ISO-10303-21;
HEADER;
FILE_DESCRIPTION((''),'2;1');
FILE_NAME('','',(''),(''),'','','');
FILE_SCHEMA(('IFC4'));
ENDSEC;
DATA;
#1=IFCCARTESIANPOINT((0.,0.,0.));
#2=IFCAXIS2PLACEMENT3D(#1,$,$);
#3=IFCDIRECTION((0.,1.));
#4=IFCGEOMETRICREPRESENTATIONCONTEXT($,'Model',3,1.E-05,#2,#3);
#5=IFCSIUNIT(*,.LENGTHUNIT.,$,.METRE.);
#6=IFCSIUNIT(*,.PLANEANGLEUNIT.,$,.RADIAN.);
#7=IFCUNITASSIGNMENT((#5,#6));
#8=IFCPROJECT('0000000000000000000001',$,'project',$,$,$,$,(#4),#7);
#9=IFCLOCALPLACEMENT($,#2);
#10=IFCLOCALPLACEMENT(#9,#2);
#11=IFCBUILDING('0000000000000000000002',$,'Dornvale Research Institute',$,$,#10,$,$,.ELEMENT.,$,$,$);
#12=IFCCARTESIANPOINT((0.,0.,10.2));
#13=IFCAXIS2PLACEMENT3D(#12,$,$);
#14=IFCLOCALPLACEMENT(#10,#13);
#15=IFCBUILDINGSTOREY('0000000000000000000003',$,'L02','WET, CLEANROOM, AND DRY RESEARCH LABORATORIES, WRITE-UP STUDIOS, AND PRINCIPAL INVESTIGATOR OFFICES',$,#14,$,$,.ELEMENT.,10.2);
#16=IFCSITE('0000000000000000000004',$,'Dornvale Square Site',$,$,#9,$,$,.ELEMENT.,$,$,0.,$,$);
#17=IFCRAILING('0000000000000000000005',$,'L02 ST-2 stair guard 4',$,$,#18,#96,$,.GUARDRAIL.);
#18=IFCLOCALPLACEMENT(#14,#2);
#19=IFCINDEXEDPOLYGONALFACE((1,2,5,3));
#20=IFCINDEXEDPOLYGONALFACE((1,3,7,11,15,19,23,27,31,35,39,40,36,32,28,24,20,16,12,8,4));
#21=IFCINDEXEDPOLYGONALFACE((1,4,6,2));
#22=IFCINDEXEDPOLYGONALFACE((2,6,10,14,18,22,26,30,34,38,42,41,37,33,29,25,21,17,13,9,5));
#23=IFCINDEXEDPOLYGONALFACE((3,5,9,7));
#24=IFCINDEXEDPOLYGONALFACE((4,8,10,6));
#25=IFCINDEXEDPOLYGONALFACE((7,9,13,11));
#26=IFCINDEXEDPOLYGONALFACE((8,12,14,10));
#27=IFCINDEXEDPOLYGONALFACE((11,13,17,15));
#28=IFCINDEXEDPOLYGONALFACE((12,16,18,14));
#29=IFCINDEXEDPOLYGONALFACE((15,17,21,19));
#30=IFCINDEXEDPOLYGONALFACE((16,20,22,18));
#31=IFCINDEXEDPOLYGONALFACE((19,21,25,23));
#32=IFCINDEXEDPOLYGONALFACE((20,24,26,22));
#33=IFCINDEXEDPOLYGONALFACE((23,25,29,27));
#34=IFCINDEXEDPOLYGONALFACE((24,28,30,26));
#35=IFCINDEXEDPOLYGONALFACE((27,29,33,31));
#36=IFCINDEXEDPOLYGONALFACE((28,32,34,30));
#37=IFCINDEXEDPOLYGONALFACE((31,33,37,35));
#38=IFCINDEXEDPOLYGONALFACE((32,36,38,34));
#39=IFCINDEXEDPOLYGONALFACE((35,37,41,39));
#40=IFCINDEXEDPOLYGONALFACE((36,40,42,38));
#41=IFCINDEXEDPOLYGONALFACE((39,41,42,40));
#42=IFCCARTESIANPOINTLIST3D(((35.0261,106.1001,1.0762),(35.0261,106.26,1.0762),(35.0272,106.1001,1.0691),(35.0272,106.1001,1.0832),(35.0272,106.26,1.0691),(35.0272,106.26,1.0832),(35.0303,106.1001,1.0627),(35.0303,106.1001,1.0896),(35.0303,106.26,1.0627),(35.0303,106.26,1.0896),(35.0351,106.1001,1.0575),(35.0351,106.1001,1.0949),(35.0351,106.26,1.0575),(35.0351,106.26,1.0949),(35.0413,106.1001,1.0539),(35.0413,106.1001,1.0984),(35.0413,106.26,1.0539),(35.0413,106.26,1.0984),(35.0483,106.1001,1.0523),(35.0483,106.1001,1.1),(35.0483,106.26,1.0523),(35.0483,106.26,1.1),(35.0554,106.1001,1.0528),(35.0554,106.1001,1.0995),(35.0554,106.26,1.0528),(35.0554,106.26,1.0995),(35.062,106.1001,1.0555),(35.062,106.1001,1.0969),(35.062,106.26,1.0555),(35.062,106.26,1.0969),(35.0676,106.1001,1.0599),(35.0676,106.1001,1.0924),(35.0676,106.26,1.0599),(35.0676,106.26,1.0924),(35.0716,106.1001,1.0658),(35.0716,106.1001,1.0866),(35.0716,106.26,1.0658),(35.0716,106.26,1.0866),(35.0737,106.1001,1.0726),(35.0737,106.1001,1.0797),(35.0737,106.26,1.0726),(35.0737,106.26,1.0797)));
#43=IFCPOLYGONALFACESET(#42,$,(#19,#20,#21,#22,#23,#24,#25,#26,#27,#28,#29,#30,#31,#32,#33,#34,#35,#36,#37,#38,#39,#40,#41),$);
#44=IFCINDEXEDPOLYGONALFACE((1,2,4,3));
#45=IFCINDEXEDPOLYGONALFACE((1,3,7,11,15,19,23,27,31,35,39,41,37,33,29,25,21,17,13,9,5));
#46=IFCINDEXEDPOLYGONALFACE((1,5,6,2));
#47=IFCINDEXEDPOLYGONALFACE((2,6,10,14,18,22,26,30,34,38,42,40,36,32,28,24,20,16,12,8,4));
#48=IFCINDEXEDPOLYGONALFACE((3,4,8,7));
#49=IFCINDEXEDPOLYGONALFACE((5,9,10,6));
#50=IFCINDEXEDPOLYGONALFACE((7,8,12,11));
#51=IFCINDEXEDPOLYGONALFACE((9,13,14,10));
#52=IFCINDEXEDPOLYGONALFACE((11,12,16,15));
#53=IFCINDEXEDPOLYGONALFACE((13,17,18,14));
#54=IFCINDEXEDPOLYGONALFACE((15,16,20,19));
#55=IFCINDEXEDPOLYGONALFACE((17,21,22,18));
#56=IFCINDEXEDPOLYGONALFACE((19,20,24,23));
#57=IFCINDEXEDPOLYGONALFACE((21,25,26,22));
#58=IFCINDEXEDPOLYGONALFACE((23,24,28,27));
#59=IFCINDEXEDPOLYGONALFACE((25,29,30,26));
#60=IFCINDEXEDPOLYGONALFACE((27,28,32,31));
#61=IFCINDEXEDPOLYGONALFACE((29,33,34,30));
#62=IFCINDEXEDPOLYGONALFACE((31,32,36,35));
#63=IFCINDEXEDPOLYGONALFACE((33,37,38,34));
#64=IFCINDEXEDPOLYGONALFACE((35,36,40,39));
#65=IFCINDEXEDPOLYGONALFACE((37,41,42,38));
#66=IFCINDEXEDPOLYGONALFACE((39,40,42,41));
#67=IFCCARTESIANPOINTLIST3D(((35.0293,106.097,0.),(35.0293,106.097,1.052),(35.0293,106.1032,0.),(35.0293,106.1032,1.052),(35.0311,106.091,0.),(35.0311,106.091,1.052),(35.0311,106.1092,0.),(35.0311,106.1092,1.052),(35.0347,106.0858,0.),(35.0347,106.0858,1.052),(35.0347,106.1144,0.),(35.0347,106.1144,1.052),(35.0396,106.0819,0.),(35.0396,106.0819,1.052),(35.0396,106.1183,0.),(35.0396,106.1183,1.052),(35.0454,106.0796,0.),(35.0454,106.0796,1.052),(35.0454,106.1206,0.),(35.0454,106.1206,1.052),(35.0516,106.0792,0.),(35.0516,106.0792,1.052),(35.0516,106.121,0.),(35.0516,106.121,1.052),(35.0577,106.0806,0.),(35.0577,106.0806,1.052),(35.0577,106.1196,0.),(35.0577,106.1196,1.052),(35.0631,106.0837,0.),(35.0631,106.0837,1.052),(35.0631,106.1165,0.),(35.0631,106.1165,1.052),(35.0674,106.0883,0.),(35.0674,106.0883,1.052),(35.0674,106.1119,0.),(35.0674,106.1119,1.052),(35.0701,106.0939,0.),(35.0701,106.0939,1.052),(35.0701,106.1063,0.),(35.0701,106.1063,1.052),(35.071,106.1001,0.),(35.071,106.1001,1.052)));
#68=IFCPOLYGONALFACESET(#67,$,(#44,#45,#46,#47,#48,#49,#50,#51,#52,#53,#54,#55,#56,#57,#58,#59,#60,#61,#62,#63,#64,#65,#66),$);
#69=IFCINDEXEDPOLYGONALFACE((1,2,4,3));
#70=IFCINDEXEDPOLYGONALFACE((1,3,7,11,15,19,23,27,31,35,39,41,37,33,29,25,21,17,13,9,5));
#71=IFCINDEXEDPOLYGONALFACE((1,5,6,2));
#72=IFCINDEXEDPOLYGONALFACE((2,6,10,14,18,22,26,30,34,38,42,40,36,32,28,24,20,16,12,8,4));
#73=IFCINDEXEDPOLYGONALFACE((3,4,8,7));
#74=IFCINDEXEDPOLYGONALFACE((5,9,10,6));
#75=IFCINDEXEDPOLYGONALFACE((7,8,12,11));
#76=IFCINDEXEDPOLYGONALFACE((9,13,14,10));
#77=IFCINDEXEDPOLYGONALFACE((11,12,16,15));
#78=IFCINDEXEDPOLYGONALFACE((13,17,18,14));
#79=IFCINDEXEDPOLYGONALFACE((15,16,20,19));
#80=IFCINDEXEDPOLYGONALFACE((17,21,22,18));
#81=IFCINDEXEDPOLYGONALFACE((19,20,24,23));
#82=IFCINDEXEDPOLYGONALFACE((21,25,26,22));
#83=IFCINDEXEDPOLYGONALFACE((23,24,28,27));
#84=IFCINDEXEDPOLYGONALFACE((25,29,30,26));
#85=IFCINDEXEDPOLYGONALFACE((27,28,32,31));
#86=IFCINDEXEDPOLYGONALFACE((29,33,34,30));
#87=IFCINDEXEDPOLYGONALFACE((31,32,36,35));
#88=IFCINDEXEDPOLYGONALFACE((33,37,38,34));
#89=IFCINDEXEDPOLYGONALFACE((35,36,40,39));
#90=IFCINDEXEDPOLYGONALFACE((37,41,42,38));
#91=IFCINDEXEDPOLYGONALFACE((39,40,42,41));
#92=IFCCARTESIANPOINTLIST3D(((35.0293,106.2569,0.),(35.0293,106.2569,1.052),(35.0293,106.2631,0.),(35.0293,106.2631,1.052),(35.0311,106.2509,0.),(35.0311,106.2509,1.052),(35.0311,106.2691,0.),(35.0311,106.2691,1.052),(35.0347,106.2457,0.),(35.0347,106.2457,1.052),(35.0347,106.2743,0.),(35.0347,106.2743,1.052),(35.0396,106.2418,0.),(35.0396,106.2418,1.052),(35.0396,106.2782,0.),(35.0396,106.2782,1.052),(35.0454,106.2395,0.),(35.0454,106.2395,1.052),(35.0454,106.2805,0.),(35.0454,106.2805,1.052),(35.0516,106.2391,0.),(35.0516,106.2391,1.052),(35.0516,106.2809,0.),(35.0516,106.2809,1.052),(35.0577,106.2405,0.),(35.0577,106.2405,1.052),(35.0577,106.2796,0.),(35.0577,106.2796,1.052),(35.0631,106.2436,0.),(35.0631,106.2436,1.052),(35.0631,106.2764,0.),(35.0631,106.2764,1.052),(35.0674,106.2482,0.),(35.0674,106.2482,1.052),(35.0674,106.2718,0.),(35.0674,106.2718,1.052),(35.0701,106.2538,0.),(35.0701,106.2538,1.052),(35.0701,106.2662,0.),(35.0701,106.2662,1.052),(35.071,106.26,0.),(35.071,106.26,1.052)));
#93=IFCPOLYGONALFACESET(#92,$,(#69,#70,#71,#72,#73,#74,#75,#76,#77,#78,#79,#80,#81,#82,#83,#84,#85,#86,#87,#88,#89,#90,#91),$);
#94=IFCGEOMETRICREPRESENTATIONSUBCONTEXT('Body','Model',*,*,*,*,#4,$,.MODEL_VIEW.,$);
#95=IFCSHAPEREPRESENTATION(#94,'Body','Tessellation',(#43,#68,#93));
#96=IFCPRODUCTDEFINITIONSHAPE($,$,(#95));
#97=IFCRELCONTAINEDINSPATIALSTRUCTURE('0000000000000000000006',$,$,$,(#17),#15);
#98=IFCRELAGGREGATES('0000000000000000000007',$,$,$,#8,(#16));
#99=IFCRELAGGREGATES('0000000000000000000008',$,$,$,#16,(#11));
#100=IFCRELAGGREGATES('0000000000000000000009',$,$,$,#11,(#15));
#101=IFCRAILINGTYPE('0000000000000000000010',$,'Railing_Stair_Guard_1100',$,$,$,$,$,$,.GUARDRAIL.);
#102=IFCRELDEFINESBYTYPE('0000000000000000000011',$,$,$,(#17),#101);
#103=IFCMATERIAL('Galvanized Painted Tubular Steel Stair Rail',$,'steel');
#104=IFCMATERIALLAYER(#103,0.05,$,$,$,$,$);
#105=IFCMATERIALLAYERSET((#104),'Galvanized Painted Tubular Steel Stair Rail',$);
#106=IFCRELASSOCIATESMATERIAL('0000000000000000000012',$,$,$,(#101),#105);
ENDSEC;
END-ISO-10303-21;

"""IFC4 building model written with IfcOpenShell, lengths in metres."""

from ifc_helpers import new_model, si_unit, direction, frame, origin, origin_2d, place, context, subcontext, project, spatial, circle, extrude, material, layer, layer_set, type_object, element, save


model = new_model("IFC4")

# Units and contexts
model_context = context("Model", 3, precision=1e-05, world=origin(), true_north=direction((0.0, 1.0)))
body_context = subcontext(model_context, "Body", "Model", "MODEL_VIEW")
ifc_project = project(units=[si_unit("LENGTHUNIT", "METRE"), si_unit("PLANEANGLEUNIT", "RADIAN")], contexts=[model_context])

# Site, building, storey
site_placement = place(None, origin())
site = spatial("IfcSite", under=ifc_project, at=site_placement, Name="Dornvale Square Site", CompositionType="ELEMENT", RefElevation=0.0)
building_placement = place(site_placement, origin())
building = spatial("IfcBuilding", under=site, at=building_placement, Name="Dornvale Research Institute", CompositionType="ELEMENT")
storey_placement = place(building_placement, frame((0.0, 0.0, 10.2)))
storey = spatial("IfcBuildingStorey", under=building, at=storey_placement, Name="L02", Description="WET, CLEANROOM, AND DRY RESEARCH LABORATORIES, WRITE-UP STUDIOS, AND PRINCIPAL INVESTIGATOR OFFICES", CompositionType="ELEMENT", Elevation=10.2)

# Railing
ifc_material_1 = material(Name="Galvanized Painted Tubular Steel Stair Rail", Category="steel")
ifc_layer_1 = layer(ifc_material_1, 0.05)
ifc_layer_set_1 = layer_set([ifc_layer_1], Name="Galvanized Painted Tubular Steel Stair Rail")
railing_type_1 = type_object("IfcRailingType", Name="Railing_Stair_Guard_1100", PredefinedType="GUARDRAIL", material=ifc_layer_set_1)
railing_1_placement = place(storey_placement, frame((35.05, 106.1001, 0.0)))
element("IfcRailing", 1, at=railing_1_placement, inside=storey, type_object=railing_type_1, Name="L02 ST-2 stair guard 4", PredefinedType="GUARDRAIL", context=body_context, shape_type="SweptSolid", body=[
    extrude(circle(Radius=0.0239, at=origin_2d()), frame((0.0, 0.0, 1.0762), z_axis=(0.0, 1.0, 0.0), x_axis=(-1.0, 0.0, 0.0)), (0.0, 0.0, 1.0), 0.1599),
    extrude(circle(Radius=0.021, at=origin_2d()), origin(), (0.0, 0.0, 1.0), 1.052),
    extrude(circle(Radius=0.021, at=origin_2d()), frame((0.0, 0.1599, 0.0)), (0.0, 0.0, 1.0), 1.052),
])

save(model, "model.ifc")
